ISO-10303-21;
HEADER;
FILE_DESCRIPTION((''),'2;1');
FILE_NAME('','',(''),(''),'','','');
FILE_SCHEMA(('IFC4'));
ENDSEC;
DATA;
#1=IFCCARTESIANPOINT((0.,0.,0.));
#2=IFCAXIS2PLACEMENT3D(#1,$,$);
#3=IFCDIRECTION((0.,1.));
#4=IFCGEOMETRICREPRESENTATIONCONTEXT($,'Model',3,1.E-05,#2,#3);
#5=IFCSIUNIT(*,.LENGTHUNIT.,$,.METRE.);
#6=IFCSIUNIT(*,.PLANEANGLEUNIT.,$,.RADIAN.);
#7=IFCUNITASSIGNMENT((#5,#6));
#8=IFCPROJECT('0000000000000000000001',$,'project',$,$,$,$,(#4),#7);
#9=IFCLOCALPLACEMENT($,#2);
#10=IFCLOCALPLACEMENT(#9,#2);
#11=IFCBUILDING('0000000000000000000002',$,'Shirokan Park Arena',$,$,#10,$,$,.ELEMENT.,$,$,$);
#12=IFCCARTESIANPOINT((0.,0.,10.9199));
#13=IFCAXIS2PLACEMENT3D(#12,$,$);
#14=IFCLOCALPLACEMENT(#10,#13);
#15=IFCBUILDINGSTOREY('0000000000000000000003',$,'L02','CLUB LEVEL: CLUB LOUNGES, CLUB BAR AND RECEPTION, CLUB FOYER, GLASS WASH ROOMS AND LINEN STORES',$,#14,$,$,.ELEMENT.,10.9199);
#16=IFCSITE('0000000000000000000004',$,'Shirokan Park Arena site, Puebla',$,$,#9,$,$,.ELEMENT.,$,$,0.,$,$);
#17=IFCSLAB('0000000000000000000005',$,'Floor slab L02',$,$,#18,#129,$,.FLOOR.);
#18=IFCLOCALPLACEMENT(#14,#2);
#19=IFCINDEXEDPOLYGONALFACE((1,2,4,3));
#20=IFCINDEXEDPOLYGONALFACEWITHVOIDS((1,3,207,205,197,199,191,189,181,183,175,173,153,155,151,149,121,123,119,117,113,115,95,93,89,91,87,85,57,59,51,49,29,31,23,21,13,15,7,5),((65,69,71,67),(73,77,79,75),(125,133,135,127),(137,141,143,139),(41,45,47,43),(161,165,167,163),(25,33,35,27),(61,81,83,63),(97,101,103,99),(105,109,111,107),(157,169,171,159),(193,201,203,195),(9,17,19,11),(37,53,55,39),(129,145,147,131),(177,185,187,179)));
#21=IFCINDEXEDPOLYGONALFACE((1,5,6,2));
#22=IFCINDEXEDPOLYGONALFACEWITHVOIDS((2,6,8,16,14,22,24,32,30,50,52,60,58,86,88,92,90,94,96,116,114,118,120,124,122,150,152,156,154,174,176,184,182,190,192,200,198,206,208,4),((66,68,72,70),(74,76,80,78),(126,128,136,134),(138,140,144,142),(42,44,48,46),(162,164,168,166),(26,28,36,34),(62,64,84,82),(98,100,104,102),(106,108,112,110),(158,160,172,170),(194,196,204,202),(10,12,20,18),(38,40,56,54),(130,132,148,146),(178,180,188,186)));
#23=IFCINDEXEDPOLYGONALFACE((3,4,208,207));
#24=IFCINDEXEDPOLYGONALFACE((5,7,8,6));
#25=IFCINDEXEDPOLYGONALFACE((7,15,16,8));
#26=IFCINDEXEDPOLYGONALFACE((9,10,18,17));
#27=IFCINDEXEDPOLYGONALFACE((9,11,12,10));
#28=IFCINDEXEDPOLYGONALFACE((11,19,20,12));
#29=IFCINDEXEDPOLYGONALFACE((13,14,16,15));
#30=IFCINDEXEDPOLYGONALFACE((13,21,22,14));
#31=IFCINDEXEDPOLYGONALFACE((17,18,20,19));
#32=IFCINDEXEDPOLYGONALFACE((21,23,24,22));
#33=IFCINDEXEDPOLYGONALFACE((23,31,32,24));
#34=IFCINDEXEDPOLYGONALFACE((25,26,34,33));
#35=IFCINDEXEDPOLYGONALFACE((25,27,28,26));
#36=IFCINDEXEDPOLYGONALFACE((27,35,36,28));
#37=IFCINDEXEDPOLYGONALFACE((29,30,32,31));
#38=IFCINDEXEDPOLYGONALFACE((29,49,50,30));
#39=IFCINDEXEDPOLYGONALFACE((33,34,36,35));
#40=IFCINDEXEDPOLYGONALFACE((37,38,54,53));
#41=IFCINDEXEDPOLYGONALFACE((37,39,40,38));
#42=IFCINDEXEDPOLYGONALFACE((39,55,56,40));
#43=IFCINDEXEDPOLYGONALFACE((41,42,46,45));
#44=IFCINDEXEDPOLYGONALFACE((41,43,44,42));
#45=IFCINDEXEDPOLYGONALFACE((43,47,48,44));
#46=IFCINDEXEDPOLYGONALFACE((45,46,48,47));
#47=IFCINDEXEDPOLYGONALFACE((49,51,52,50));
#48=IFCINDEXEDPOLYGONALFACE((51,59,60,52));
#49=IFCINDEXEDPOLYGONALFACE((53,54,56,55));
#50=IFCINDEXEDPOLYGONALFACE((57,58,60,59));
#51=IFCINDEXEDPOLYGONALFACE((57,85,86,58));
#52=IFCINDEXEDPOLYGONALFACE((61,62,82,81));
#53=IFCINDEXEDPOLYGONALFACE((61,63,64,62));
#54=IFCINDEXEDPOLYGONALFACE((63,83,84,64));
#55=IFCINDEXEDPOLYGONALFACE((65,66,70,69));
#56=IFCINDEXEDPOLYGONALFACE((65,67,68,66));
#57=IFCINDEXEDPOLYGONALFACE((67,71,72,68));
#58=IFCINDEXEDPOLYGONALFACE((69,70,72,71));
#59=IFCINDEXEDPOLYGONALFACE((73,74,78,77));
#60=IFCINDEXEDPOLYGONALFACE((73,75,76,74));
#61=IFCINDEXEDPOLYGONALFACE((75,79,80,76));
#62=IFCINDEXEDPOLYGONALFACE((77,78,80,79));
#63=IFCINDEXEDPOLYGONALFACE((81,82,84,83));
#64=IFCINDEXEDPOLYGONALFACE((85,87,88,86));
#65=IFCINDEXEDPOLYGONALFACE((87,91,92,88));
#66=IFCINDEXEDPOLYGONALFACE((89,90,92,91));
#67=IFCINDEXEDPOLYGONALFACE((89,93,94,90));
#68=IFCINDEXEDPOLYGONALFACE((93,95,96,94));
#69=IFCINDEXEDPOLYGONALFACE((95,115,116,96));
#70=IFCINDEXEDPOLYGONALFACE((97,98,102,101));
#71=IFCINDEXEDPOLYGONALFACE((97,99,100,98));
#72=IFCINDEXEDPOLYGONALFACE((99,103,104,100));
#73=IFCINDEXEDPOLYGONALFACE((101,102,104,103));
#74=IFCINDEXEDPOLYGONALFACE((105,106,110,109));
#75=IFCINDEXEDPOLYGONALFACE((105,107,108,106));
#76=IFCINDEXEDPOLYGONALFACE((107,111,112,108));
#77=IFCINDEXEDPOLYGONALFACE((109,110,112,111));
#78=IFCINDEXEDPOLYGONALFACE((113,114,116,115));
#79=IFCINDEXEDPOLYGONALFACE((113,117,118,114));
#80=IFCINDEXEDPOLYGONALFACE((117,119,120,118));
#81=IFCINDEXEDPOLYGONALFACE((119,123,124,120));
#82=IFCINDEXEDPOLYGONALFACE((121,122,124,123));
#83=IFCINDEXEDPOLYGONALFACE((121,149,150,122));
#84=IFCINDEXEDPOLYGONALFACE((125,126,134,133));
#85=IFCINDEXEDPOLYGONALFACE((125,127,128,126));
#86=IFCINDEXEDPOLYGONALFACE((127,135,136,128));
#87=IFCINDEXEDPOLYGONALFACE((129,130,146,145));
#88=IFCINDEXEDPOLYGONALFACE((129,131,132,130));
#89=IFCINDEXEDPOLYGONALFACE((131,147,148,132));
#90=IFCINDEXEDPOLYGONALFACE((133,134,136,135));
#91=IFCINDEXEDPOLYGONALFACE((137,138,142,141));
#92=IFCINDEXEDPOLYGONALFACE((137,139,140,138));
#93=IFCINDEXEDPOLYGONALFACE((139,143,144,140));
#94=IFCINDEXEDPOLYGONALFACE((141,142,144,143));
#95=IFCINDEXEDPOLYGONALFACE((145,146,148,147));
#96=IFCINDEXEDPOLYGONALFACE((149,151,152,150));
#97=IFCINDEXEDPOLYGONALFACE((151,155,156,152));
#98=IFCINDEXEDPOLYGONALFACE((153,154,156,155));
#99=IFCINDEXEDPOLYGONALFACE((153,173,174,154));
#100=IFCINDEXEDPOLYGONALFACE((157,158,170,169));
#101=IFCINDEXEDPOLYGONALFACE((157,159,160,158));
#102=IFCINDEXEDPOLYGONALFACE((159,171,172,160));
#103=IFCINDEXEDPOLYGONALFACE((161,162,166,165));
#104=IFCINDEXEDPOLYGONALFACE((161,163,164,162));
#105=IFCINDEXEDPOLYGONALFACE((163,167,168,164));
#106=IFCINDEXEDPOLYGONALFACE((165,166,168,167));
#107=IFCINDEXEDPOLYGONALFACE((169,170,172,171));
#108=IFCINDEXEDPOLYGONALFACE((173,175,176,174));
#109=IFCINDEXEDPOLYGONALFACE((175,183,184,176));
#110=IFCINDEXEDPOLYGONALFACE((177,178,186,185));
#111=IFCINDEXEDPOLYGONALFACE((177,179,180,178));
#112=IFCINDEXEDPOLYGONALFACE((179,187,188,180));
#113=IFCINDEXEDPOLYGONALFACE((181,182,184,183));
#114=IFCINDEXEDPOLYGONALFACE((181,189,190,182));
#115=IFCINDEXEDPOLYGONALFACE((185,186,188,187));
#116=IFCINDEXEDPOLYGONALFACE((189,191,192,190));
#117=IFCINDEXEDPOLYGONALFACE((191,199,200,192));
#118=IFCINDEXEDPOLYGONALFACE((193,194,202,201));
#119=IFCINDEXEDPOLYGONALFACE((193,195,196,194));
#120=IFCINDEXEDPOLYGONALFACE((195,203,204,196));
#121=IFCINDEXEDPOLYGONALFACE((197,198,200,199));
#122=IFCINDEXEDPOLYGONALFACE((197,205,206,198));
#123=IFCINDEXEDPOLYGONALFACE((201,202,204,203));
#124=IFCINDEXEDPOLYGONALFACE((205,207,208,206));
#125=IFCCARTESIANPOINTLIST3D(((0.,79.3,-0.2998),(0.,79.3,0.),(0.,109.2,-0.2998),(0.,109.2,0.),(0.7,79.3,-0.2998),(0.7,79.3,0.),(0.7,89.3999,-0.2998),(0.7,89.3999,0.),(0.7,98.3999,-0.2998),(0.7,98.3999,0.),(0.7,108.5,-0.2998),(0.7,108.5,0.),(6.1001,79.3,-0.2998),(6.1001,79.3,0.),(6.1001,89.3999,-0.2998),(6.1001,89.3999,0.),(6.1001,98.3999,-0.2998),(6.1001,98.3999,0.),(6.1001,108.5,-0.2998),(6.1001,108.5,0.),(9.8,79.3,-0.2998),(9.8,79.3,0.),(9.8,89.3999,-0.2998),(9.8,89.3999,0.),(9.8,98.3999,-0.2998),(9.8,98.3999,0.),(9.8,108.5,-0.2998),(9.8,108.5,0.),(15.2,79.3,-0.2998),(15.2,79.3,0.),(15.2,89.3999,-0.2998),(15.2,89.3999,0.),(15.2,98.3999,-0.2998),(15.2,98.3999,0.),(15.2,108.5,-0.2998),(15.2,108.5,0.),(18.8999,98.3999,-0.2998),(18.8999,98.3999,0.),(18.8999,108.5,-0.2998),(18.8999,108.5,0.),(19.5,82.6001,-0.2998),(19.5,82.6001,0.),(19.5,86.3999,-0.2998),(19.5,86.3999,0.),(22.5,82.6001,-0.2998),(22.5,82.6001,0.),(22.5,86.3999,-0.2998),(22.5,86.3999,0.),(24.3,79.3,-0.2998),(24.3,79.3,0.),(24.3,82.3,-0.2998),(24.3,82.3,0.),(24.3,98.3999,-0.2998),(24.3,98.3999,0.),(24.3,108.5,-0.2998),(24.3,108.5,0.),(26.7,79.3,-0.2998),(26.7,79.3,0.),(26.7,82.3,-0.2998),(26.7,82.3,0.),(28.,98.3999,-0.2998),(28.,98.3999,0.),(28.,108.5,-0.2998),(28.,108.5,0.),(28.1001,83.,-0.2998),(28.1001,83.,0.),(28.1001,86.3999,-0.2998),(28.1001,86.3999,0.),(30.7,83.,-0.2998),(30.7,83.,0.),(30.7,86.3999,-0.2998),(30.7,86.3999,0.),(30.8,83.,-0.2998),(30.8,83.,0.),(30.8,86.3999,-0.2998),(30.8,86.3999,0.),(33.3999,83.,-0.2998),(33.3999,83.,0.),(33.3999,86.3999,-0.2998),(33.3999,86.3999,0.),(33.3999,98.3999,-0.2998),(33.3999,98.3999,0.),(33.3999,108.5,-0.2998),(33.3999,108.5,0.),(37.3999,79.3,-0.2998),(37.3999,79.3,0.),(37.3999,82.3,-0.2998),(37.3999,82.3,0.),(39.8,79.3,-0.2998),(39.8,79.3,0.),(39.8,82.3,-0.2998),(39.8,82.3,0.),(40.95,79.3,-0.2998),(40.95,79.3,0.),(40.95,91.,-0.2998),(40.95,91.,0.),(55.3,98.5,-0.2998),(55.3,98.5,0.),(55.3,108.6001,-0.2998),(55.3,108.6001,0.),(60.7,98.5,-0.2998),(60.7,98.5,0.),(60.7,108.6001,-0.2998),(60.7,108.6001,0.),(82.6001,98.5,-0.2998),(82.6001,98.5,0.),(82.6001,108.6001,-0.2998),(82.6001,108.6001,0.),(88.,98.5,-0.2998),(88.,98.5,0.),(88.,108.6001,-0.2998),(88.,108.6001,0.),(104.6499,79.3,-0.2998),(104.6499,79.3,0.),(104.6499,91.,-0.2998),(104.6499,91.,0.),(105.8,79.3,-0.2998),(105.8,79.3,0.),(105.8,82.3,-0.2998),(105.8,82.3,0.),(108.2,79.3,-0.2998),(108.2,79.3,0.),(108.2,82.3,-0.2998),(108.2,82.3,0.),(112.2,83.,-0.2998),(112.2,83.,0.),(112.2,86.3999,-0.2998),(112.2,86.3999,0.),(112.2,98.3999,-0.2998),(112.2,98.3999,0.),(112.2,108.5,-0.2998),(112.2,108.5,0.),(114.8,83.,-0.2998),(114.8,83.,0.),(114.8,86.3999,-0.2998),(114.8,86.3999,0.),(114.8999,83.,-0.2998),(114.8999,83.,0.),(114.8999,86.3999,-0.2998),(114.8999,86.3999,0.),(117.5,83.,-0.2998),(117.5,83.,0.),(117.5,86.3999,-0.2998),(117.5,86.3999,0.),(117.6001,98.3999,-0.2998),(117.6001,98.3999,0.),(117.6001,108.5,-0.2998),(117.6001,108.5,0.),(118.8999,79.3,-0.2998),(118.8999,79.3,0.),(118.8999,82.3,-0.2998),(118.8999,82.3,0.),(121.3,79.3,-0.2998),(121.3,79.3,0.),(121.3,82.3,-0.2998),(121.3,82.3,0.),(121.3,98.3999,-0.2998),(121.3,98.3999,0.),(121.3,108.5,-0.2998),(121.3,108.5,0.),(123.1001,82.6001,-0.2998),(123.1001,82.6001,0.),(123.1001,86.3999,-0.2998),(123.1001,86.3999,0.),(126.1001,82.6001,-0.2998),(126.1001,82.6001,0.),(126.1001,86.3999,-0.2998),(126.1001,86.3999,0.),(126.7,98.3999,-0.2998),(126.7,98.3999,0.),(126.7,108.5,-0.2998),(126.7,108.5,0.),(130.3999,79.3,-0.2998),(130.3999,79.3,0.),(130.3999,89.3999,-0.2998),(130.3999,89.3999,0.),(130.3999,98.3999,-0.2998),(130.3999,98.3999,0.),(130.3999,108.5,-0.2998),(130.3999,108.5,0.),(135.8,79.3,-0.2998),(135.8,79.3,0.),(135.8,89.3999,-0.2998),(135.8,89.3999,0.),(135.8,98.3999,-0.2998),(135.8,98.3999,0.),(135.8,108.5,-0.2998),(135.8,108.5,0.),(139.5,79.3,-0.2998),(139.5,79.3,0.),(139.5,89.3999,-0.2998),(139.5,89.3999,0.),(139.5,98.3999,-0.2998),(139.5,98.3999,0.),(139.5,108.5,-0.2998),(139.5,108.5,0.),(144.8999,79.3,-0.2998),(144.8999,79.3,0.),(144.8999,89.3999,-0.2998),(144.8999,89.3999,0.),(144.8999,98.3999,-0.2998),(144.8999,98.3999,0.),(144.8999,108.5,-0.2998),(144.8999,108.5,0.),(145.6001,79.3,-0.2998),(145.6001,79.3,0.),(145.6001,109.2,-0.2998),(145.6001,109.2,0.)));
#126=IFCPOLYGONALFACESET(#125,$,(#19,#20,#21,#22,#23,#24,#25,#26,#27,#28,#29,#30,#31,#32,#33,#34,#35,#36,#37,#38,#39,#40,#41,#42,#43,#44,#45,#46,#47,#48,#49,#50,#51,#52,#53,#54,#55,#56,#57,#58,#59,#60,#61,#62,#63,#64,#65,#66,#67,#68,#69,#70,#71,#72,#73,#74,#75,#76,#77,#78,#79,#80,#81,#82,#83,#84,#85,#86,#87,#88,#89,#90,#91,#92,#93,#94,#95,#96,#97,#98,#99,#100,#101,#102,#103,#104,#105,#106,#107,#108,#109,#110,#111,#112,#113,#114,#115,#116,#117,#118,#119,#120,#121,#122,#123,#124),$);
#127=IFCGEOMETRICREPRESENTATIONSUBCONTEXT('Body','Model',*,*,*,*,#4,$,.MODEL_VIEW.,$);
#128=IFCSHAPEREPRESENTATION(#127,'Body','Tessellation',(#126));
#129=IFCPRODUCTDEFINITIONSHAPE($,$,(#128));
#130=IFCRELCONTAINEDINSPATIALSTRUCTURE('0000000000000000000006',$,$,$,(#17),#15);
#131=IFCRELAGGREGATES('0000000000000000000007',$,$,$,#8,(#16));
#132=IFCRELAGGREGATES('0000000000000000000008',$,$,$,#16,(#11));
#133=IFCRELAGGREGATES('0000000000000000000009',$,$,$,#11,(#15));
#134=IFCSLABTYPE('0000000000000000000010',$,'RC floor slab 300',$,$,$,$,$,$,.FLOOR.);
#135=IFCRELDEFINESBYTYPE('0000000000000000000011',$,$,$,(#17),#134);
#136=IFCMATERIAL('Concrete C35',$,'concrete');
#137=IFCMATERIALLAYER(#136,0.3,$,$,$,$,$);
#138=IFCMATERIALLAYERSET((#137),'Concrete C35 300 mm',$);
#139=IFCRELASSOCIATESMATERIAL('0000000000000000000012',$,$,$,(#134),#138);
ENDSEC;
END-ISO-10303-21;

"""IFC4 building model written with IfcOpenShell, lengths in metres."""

from ifc_helpers import new_model, si_unit, direction, frame, origin, place, context, subcontext, project, spatial, polyline, outline, extrude, material, layer, layer_set, type_object, element, save


model = new_model("IFC4")

# Units and contexts
model_context = context("Model", 3, precision=1e-05, world=origin(), true_north=direction((0.0, 1.0)))
body_context = subcontext(model_context, "Body", "Model", "MODEL_VIEW")
ifc_project = project(units=[si_unit("LENGTHUNIT", "METRE"), si_unit("PLANEANGLEUNIT", "RADIAN")], contexts=[model_context])

# Site, building, storey
site_placement = place(None, origin())
site = spatial("IfcSite", under=ifc_project, at=site_placement, Name="Shirokan Park Arena site, Puebla", CompositionType="ELEMENT", RefElevation=0.0)
building_placement = place(site_placement, origin())
building = spatial("IfcBuilding", under=site, at=building_placement, Name="Shirokan Park Arena", CompositionType="ELEMENT")
storey_placement = place(building_placement, frame((0.0, 0.0, 10.9199)))
storey = spatial("IfcBuildingStorey", under=building, at=storey_placement, Name="L02", Description="CLUB LEVEL: CLUB LOUNGES, CLUB BAR AND RECEPTION, CLUB FOYER, GLASS WASH ROOMS AND LINEN STORES", CompositionType="ELEMENT", Elevation=10.9199)

# Shared definitions
ifc_material_1 = material(Name="Concrete C35", Category="concrete")

# Slab
ifc_layer = layer(ifc_material_1, 0.3)
ifc_layer_set = layer_set([ifc_layer], Name="Concrete C35 300 mm")
slab_type = type_object("IfcSlabType", Name="RC floor slab 300", PredefinedType="FLOOR", material=ifc_layer_set)
slab_1_placement = place(storey_placement, frame((0.0, 0.0, -0.2998)))
element("IfcSlab", 1, at=slab_1_placement, inside=storey, type_object=slab_type, Name="Floor slab L02", PredefinedType="FLOOR", context=body_context, shape_type="SweptSolid", body=[
    extrude(outline(polyline([(40.95, 91.0), (40.95, 79.3), (39.8, 79.3), (39.8, 82.3), (37.3999, 82.3), (37.3999, 79.3), (26.7, 79.3), (26.7, 82.3), (24.3, 82.3), (24.3, 79.3), (15.2, 79.3), (15.2, 89.3999), (9.8, 89.3999), (9.8, 79.3), (6.1001, 79.3), (6.1001, 89.3999), (0.7, 89.3999), (0.7, 79.3), (0.0, 79.3), (0.0, 109.2), (145.6001, 109.2), (145.6001, 79.3), (144.8999, 79.3), (144.8999, 89.3999), (139.5, 89.3999), (139.5, 79.3), (135.8, 79.3), (135.8, 89.3999), (130.3999, 89.3999), (130.3999, 79.3), (121.3, 79.3), (121.3, 82.3), (118.8999, 82.3), (118.8999, 79.3), (108.2, 79.3), (108.2, 82.3), (105.8, 82.3), (105.8, 79.3), (104.6499, 79.3), (104.6499, 91.0), (40.95, 91.0)]), holes=[polyline([(19.5, 82.6001), (22.5, 82.6001), (22.5, 86.3999), (19.5, 86.3999), (19.5, 82.6001)]), polyline([(28.1001, 83.0), (30.7, 83.0), (30.7, 86.3999), (28.1001, 86.3999), (28.1001, 83.0)]), polyline([(6.1001, 98.3999), (6.1001, 108.5), (0.7, 108.5), (0.7, 98.3999), (6.1001, 98.3999)]), polyline([(15.2, 98.3999), (15.2, 108.5), (9.8, 108.5), (9.8, 98.3999), (15.2, 98.3999)]), polyline([(24.3, 98.3999), (24.3, 108.5), (18.8999, 108.5), (18.8999, 98.3999), (24.3, 98.3999)]), polyline([(28.0, 98.3999), (33.3999, 98.3999), (33.3999, 108.5), (28.0, 108.5), (28.0, 98.3999)]), polyline([(30.8, 83.0), (33.3999, 83.0), (33.3999, 86.3999), (30.8, 86.3999), (30.8, 83.0)]), polyline([(112.2, 83.0), (114.8, 83.0), (114.8, 86.3999), (112.2, 86.3999), (112.2, 83.0)]), polyline([(117.6001, 98.3999), (117.6001, 108.5), (112.2, 108.5), (112.2, 98.3999), (117.6001, 98.3999)]), polyline([(55.3, 98.5), (60.7, 98.5), (60.7, 108.6001), (55.3, 108.6001), (55.3, 98.5)]), polyline([(82.6001, 98.5), (88.0, 98.5), (88.0, 108.6001), (82.6001, 108.6001), (82.6001, 98.5)]), polyline([(123.1001, 82.6001), (126.1001, 82.6001), (126.1001, 86.3999), (123.1001, 86.3999), (123.1001, 82.6001)]), polyline([(114.8999, 83.0), (117.5, 83.0), (117.5, 86.3999), (114.8999, 86.3999), (114.8999, 83.0)]), polyline([(126.7, 98.3999), (126.7, 108.5), (121.3, 108.5), (121.3, 98.3999), (126.7, 98.3999)]), polyline([(130.3999, 98.3999), (135.8, 98.3999), (135.8, 108.5), (130.3999, 108.5), (130.3999, 98.3999)]), polyline([(139.5, 98.3999), (144.8999, 98.3999), (144.8999, 108.5), (139.5, 108.5), (139.5, 98.3999)])]), origin(), (0.0, 0.0, 1.0), 0.2998),
])

save(model, "model.ifc")
